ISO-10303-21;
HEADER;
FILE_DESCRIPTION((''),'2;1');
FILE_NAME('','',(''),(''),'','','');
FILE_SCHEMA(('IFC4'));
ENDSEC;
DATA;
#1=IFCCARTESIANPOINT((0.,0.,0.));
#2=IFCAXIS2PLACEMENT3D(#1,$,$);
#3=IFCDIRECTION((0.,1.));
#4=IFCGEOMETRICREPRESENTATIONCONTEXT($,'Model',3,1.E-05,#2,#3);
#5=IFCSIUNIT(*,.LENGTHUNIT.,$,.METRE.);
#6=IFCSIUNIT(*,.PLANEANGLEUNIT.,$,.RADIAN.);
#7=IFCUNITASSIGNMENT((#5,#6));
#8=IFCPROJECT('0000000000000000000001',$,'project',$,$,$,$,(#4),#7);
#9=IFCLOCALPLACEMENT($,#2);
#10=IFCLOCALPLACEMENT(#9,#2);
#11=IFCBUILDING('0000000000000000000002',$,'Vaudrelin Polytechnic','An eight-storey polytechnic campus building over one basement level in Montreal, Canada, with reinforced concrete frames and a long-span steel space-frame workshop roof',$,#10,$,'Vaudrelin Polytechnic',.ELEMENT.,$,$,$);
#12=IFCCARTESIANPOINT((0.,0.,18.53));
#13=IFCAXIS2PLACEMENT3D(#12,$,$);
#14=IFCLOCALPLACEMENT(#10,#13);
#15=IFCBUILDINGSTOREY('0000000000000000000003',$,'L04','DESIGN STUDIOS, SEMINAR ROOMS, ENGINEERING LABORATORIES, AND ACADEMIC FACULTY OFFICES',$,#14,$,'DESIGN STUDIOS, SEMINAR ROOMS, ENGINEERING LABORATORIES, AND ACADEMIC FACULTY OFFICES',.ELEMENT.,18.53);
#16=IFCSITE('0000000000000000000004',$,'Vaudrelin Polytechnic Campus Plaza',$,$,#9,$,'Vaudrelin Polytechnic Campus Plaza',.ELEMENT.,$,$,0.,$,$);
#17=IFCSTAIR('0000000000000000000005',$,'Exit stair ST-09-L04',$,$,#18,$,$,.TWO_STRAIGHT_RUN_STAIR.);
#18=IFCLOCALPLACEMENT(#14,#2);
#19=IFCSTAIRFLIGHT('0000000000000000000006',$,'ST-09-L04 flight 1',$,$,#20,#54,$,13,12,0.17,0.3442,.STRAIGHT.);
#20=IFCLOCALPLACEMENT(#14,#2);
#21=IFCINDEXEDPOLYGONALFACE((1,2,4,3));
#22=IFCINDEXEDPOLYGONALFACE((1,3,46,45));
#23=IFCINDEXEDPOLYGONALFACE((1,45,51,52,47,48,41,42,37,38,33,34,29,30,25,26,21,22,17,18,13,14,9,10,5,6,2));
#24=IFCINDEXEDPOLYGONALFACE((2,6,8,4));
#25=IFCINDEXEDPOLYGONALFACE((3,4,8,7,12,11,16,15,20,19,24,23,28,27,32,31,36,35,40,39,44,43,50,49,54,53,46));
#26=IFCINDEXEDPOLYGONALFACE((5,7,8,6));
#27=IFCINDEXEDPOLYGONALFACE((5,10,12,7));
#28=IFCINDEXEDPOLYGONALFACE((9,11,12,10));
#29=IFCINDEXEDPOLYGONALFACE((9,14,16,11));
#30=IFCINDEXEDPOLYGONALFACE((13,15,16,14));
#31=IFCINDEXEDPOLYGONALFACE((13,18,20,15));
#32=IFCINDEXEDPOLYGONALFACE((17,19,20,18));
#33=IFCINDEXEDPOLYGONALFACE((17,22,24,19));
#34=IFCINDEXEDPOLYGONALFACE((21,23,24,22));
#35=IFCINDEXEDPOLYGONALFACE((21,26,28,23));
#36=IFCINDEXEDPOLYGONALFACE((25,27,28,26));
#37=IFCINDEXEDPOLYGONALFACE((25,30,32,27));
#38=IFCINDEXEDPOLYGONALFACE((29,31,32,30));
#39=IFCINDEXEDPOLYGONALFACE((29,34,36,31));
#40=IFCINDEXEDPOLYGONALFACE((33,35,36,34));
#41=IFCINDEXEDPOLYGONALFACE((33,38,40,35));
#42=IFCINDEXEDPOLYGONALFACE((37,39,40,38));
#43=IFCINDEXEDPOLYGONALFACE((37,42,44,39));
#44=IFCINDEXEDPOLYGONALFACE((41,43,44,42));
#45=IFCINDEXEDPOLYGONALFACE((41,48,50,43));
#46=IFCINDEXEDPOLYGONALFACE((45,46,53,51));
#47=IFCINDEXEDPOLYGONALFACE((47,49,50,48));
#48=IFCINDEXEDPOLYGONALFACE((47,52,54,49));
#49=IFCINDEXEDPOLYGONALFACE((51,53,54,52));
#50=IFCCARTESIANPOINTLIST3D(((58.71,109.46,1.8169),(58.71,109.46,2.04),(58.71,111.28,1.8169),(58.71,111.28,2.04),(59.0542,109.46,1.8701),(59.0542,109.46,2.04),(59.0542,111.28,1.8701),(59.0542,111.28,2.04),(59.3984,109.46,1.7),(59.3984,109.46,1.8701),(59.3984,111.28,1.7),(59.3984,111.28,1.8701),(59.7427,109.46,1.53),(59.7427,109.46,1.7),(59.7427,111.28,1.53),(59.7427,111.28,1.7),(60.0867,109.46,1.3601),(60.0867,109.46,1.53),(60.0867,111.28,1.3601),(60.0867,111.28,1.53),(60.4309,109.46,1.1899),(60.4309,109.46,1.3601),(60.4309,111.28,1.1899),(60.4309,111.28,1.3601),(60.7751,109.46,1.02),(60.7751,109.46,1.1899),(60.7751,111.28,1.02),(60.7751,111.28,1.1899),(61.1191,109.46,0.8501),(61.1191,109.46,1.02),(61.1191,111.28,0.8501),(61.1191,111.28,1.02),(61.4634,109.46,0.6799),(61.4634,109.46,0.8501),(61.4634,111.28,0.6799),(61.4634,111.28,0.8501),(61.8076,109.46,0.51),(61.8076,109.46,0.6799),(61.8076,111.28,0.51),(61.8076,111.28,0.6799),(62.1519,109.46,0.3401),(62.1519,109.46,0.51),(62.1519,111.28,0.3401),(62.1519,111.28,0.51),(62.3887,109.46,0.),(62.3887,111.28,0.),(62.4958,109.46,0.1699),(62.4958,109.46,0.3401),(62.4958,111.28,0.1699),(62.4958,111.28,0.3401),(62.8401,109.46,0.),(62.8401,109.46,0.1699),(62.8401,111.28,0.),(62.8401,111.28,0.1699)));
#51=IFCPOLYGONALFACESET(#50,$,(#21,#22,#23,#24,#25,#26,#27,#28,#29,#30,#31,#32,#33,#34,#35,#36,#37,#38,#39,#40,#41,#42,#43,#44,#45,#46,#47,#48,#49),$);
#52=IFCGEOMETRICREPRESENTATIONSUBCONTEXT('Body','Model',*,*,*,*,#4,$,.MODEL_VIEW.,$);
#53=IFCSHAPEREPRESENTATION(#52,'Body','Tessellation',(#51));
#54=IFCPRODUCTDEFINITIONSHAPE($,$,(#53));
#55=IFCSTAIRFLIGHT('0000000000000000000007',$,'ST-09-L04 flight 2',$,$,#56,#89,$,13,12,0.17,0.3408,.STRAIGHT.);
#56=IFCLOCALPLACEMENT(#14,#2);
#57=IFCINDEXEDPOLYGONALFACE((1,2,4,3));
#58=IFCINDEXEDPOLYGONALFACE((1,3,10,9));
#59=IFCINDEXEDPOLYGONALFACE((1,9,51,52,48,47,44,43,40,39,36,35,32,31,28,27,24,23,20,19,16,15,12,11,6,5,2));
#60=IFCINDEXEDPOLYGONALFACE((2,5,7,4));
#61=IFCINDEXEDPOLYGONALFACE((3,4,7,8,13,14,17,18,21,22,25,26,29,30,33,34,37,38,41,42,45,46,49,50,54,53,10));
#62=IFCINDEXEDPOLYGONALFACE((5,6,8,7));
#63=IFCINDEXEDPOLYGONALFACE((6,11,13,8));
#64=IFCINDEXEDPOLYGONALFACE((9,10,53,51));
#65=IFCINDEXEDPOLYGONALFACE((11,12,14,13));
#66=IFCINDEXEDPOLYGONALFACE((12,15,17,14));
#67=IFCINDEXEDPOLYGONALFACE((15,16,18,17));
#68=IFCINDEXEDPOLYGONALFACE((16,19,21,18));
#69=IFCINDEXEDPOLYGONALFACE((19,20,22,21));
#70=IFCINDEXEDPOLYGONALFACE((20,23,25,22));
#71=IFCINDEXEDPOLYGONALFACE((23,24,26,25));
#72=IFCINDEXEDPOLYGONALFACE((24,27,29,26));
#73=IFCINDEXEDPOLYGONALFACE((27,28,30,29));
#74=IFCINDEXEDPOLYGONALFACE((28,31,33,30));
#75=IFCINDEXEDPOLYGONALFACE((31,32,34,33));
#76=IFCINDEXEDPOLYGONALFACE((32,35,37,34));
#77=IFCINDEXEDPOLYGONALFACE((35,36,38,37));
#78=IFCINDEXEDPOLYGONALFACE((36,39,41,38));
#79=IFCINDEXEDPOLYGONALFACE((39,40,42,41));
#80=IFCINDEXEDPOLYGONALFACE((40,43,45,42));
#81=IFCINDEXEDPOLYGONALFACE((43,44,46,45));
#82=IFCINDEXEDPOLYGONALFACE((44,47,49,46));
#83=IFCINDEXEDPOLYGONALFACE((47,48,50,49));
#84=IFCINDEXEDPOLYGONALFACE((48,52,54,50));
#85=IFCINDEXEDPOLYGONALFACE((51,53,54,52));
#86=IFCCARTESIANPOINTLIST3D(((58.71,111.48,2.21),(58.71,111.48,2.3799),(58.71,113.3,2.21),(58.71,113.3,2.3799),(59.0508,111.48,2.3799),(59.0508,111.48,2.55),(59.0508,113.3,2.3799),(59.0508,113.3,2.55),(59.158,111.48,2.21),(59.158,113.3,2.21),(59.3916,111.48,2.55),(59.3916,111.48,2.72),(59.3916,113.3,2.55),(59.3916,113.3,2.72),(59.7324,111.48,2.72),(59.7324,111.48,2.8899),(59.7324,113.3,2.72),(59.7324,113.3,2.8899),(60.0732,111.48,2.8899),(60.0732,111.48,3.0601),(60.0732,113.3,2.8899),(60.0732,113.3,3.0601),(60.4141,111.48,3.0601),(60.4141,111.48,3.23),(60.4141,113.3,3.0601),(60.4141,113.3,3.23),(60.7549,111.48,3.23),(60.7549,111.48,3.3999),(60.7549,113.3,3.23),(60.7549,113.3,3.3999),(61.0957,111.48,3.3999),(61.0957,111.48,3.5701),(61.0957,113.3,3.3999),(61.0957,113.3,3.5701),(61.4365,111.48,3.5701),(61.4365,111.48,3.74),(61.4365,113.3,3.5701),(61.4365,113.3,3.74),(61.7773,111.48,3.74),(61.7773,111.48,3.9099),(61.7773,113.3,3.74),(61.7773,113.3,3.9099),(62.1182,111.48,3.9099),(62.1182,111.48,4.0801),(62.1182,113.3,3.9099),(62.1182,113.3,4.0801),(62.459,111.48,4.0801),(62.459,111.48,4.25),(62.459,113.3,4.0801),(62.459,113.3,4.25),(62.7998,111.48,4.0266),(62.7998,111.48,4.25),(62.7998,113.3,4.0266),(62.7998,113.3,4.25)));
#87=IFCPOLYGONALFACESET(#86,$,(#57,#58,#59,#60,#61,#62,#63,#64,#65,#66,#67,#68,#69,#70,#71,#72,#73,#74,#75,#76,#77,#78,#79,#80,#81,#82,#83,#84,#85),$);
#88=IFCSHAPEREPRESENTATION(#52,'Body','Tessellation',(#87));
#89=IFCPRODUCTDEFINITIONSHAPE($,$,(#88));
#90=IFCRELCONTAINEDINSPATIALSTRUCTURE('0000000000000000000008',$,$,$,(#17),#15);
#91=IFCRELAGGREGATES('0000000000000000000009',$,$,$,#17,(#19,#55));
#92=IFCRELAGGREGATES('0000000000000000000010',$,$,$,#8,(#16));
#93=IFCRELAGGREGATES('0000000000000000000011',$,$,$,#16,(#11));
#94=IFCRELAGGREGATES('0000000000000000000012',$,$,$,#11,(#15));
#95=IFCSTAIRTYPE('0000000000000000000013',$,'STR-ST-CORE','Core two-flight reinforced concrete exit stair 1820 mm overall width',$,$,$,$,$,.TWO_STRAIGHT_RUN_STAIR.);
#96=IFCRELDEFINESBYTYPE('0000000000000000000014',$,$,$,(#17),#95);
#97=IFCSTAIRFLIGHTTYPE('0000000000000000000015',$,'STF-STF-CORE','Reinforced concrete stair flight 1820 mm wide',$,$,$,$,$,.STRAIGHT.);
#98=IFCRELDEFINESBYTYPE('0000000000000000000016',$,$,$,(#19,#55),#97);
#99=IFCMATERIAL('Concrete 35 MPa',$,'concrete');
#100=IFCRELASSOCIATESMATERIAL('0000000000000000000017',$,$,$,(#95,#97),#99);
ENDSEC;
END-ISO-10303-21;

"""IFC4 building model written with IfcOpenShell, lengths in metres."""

from ifc_helpers import new_model, si_unit, direction, frame, origin, place, context, subcontext, project, spatial, polyline, outline, extrude, material, type_object, element, aggregate, save


model = new_model("IFC4")

# Units and contexts
model_context = context("Model", 3, precision=1e-05, world=origin(), true_north=direction((0.0, 1.0)))
body_context = subcontext(model_context, "Body", "Model", "MODEL_VIEW")
ifc_project = project(units=[si_unit("LENGTHUNIT", "METRE"), si_unit("PLANEANGLEUNIT", "RADIAN")], contexts=[model_context])

# Site, building, storey
site_placement = place(None, origin())
site = spatial("IfcSite", under=ifc_project, at=site_placement, Name="Vaudrelin Polytechnic Campus Plaza", LongName="Vaudrelin Polytechnic Campus Plaza", CompositionType="ELEMENT", RefElevation=0.0)
building_placement = place(site_placement, origin())
building = spatial("IfcBuilding", under=site, at=building_placement, Name="Vaudrelin Polytechnic", Description="An eight-storey polytechnic campus building over one basement level in Montreal, Canada, with reinforced concrete frames and a long-span steel space-frame workshop roof", LongName="Vaudrelin Polytechnic", CompositionType="ELEMENT")
storey_placement = place(building_placement, frame((0.0, 0.0, 18.53)))
storey = spatial("IfcBuildingStorey", under=building, at=storey_placement, Name="L04", Description="DESIGN STUDIOS, SEMINAR ROOMS, ENGINEERING LABORATORIES, AND ACADEMIC FACULTY OFFICES", LongName="DESIGN STUDIOS, SEMINAR ROOMS, ENGINEERING LABORATORIES, AND ACADEMIC FACULTY OFFICES", CompositionType="ELEMENT", Elevation=18.53)

# Stair, stair flights
ifc_material_1 = material(Name="Concrete 35 MPa", Category="concrete")
stair_type = type_object("IfcStairType", Name="STR-ST-CORE", Description="Core two-flight reinforced concrete exit stair 1820 mm overall width", PredefinedType="TWO_STRAIGHT_RUN_STAIR", material=ifc_material_1)
stair_placement = place(storey_placement, origin())
stair = element("IfcStair", 1, at=stair_placement, inside=storey, type_object=stair_type, Name="Exit stair ST-09-L04", PredefinedType="TWO_STRAIGHT_RUN_STAIR")
stair_flight_type = type_object("IfcStairFlightType", Name="STF-STF-CORE", Description="Reinforced concrete stair flight 1820 mm wide", PredefinedType="STRAIGHT", material=ifc_material_1)
stair_flight_1_placement = place(storey_placement, frame((62.8401, 110.3701, 0.0), z_axis=(0.0, 0.0, 1.0), x_axis=(-1.0, 0.0, 0.0)))
stair_flight_1 = element("IfcStairFlight", 2, at=stair_flight_1_placement, type_object=stair_flight_type, Name="ST-09-L04 flight 1", NumberOfRisers=13, NumberOfTreads=12, PredefinedType="STRAIGHT", RiserHeight=0.17, TreadLength=0.3442, context=body_context, shape_type="SweptSolid", body=[
    extrude(outline(polyline([(0.0, 0.0), (0.0, 0.1699), (0.3442, 0.1699), (0.3442, 0.3401), (0.6882, 0.3401), (0.6882, 0.51), (1.0325, 0.51), (1.0325, 0.6799), (1.3767, 0.6799), (1.3767, 0.8501), (1.7209, 0.8501), (1.7209, 1.02), (2.0649, 1.02), (2.0649, 1.1899), (2.4092, 1.1899), (2.4092, 1.3601), (2.7534, 1.3601), (2.7534, 1.53), (3.0974, 1.53), (3.0974, 1.7), (3.4417, 1.7), (3.4417, 1.8701), (3.7859, 1.8701), (3.7859, 2.04), (4.1301, 2.04), (4.1301, 2.21), (4.1301, 1.8169), (0.4514, 0.0), (0.0, 0.0)])), frame((0.0, 0.9102, 0.0), z_axis=(0.0, -1.0, 0.0), x_axis=(1.0, 0.0, 0.0)), (0.0, 0.0, 1.0), 1.8201),
])
stair_flight_2_placement = place(storey_placement, frame((58.71, 112.3899, 2.21), z_axis=(0.0, 0.0, 1.0), x_axis=(1.0, 0.0, 0.0)))
stair_flight_2 = element("IfcStairFlight", 3, at=stair_flight_2_placement, type_object=stair_flight_type, Name="ST-09-L04 flight 2", NumberOfRisers=13, NumberOfTreads=12, PredefinedType="STRAIGHT", RiserHeight=0.17, TreadLength=0.3408, context=body_context, shape_type="SweptSolid", body=[
    extrude(outline(polyline([(0.0, 0.0), (0.0, 0.1699), (0.3408, 0.1699), (0.3408, 0.3401), (0.6816, 0.3401), (0.6816, 0.51), (1.0225, 0.51), (1.0225, 0.6799), (1.3633, 0.6799), (1.3633, 0.8501), (1.7041, 0.8501), (1.7041, 1.02), (2.0449, 1.02), (2.0449, 1.1899), (2.3857, 1.1899), (2.3857, 1.3601), (2.7266, 1.3601), (2.7266, 1.53), (3.0674, 1.53), (3.0674, 1.7), (3.4082, 1.7), (3.4082, 1.8701), (3.749, 1.8701), (3.749, 2.04), (4.0898, 2.04), (4.0898, 2.21), (4.0898, 1.8167), (0.448, 0.0), (0.0, 0.0)])), frame((0.0, 0.9102, 0.0), z_axis=(0.0, -1.0, 0.0), x_axis=(1.0, 0.0, 0.0)), (0.0, 0.0, 1.0), 1.8201),
])
aggregate(stair, [stair_flight_1, stair_flight_2])

save(model, "model.ifc")
